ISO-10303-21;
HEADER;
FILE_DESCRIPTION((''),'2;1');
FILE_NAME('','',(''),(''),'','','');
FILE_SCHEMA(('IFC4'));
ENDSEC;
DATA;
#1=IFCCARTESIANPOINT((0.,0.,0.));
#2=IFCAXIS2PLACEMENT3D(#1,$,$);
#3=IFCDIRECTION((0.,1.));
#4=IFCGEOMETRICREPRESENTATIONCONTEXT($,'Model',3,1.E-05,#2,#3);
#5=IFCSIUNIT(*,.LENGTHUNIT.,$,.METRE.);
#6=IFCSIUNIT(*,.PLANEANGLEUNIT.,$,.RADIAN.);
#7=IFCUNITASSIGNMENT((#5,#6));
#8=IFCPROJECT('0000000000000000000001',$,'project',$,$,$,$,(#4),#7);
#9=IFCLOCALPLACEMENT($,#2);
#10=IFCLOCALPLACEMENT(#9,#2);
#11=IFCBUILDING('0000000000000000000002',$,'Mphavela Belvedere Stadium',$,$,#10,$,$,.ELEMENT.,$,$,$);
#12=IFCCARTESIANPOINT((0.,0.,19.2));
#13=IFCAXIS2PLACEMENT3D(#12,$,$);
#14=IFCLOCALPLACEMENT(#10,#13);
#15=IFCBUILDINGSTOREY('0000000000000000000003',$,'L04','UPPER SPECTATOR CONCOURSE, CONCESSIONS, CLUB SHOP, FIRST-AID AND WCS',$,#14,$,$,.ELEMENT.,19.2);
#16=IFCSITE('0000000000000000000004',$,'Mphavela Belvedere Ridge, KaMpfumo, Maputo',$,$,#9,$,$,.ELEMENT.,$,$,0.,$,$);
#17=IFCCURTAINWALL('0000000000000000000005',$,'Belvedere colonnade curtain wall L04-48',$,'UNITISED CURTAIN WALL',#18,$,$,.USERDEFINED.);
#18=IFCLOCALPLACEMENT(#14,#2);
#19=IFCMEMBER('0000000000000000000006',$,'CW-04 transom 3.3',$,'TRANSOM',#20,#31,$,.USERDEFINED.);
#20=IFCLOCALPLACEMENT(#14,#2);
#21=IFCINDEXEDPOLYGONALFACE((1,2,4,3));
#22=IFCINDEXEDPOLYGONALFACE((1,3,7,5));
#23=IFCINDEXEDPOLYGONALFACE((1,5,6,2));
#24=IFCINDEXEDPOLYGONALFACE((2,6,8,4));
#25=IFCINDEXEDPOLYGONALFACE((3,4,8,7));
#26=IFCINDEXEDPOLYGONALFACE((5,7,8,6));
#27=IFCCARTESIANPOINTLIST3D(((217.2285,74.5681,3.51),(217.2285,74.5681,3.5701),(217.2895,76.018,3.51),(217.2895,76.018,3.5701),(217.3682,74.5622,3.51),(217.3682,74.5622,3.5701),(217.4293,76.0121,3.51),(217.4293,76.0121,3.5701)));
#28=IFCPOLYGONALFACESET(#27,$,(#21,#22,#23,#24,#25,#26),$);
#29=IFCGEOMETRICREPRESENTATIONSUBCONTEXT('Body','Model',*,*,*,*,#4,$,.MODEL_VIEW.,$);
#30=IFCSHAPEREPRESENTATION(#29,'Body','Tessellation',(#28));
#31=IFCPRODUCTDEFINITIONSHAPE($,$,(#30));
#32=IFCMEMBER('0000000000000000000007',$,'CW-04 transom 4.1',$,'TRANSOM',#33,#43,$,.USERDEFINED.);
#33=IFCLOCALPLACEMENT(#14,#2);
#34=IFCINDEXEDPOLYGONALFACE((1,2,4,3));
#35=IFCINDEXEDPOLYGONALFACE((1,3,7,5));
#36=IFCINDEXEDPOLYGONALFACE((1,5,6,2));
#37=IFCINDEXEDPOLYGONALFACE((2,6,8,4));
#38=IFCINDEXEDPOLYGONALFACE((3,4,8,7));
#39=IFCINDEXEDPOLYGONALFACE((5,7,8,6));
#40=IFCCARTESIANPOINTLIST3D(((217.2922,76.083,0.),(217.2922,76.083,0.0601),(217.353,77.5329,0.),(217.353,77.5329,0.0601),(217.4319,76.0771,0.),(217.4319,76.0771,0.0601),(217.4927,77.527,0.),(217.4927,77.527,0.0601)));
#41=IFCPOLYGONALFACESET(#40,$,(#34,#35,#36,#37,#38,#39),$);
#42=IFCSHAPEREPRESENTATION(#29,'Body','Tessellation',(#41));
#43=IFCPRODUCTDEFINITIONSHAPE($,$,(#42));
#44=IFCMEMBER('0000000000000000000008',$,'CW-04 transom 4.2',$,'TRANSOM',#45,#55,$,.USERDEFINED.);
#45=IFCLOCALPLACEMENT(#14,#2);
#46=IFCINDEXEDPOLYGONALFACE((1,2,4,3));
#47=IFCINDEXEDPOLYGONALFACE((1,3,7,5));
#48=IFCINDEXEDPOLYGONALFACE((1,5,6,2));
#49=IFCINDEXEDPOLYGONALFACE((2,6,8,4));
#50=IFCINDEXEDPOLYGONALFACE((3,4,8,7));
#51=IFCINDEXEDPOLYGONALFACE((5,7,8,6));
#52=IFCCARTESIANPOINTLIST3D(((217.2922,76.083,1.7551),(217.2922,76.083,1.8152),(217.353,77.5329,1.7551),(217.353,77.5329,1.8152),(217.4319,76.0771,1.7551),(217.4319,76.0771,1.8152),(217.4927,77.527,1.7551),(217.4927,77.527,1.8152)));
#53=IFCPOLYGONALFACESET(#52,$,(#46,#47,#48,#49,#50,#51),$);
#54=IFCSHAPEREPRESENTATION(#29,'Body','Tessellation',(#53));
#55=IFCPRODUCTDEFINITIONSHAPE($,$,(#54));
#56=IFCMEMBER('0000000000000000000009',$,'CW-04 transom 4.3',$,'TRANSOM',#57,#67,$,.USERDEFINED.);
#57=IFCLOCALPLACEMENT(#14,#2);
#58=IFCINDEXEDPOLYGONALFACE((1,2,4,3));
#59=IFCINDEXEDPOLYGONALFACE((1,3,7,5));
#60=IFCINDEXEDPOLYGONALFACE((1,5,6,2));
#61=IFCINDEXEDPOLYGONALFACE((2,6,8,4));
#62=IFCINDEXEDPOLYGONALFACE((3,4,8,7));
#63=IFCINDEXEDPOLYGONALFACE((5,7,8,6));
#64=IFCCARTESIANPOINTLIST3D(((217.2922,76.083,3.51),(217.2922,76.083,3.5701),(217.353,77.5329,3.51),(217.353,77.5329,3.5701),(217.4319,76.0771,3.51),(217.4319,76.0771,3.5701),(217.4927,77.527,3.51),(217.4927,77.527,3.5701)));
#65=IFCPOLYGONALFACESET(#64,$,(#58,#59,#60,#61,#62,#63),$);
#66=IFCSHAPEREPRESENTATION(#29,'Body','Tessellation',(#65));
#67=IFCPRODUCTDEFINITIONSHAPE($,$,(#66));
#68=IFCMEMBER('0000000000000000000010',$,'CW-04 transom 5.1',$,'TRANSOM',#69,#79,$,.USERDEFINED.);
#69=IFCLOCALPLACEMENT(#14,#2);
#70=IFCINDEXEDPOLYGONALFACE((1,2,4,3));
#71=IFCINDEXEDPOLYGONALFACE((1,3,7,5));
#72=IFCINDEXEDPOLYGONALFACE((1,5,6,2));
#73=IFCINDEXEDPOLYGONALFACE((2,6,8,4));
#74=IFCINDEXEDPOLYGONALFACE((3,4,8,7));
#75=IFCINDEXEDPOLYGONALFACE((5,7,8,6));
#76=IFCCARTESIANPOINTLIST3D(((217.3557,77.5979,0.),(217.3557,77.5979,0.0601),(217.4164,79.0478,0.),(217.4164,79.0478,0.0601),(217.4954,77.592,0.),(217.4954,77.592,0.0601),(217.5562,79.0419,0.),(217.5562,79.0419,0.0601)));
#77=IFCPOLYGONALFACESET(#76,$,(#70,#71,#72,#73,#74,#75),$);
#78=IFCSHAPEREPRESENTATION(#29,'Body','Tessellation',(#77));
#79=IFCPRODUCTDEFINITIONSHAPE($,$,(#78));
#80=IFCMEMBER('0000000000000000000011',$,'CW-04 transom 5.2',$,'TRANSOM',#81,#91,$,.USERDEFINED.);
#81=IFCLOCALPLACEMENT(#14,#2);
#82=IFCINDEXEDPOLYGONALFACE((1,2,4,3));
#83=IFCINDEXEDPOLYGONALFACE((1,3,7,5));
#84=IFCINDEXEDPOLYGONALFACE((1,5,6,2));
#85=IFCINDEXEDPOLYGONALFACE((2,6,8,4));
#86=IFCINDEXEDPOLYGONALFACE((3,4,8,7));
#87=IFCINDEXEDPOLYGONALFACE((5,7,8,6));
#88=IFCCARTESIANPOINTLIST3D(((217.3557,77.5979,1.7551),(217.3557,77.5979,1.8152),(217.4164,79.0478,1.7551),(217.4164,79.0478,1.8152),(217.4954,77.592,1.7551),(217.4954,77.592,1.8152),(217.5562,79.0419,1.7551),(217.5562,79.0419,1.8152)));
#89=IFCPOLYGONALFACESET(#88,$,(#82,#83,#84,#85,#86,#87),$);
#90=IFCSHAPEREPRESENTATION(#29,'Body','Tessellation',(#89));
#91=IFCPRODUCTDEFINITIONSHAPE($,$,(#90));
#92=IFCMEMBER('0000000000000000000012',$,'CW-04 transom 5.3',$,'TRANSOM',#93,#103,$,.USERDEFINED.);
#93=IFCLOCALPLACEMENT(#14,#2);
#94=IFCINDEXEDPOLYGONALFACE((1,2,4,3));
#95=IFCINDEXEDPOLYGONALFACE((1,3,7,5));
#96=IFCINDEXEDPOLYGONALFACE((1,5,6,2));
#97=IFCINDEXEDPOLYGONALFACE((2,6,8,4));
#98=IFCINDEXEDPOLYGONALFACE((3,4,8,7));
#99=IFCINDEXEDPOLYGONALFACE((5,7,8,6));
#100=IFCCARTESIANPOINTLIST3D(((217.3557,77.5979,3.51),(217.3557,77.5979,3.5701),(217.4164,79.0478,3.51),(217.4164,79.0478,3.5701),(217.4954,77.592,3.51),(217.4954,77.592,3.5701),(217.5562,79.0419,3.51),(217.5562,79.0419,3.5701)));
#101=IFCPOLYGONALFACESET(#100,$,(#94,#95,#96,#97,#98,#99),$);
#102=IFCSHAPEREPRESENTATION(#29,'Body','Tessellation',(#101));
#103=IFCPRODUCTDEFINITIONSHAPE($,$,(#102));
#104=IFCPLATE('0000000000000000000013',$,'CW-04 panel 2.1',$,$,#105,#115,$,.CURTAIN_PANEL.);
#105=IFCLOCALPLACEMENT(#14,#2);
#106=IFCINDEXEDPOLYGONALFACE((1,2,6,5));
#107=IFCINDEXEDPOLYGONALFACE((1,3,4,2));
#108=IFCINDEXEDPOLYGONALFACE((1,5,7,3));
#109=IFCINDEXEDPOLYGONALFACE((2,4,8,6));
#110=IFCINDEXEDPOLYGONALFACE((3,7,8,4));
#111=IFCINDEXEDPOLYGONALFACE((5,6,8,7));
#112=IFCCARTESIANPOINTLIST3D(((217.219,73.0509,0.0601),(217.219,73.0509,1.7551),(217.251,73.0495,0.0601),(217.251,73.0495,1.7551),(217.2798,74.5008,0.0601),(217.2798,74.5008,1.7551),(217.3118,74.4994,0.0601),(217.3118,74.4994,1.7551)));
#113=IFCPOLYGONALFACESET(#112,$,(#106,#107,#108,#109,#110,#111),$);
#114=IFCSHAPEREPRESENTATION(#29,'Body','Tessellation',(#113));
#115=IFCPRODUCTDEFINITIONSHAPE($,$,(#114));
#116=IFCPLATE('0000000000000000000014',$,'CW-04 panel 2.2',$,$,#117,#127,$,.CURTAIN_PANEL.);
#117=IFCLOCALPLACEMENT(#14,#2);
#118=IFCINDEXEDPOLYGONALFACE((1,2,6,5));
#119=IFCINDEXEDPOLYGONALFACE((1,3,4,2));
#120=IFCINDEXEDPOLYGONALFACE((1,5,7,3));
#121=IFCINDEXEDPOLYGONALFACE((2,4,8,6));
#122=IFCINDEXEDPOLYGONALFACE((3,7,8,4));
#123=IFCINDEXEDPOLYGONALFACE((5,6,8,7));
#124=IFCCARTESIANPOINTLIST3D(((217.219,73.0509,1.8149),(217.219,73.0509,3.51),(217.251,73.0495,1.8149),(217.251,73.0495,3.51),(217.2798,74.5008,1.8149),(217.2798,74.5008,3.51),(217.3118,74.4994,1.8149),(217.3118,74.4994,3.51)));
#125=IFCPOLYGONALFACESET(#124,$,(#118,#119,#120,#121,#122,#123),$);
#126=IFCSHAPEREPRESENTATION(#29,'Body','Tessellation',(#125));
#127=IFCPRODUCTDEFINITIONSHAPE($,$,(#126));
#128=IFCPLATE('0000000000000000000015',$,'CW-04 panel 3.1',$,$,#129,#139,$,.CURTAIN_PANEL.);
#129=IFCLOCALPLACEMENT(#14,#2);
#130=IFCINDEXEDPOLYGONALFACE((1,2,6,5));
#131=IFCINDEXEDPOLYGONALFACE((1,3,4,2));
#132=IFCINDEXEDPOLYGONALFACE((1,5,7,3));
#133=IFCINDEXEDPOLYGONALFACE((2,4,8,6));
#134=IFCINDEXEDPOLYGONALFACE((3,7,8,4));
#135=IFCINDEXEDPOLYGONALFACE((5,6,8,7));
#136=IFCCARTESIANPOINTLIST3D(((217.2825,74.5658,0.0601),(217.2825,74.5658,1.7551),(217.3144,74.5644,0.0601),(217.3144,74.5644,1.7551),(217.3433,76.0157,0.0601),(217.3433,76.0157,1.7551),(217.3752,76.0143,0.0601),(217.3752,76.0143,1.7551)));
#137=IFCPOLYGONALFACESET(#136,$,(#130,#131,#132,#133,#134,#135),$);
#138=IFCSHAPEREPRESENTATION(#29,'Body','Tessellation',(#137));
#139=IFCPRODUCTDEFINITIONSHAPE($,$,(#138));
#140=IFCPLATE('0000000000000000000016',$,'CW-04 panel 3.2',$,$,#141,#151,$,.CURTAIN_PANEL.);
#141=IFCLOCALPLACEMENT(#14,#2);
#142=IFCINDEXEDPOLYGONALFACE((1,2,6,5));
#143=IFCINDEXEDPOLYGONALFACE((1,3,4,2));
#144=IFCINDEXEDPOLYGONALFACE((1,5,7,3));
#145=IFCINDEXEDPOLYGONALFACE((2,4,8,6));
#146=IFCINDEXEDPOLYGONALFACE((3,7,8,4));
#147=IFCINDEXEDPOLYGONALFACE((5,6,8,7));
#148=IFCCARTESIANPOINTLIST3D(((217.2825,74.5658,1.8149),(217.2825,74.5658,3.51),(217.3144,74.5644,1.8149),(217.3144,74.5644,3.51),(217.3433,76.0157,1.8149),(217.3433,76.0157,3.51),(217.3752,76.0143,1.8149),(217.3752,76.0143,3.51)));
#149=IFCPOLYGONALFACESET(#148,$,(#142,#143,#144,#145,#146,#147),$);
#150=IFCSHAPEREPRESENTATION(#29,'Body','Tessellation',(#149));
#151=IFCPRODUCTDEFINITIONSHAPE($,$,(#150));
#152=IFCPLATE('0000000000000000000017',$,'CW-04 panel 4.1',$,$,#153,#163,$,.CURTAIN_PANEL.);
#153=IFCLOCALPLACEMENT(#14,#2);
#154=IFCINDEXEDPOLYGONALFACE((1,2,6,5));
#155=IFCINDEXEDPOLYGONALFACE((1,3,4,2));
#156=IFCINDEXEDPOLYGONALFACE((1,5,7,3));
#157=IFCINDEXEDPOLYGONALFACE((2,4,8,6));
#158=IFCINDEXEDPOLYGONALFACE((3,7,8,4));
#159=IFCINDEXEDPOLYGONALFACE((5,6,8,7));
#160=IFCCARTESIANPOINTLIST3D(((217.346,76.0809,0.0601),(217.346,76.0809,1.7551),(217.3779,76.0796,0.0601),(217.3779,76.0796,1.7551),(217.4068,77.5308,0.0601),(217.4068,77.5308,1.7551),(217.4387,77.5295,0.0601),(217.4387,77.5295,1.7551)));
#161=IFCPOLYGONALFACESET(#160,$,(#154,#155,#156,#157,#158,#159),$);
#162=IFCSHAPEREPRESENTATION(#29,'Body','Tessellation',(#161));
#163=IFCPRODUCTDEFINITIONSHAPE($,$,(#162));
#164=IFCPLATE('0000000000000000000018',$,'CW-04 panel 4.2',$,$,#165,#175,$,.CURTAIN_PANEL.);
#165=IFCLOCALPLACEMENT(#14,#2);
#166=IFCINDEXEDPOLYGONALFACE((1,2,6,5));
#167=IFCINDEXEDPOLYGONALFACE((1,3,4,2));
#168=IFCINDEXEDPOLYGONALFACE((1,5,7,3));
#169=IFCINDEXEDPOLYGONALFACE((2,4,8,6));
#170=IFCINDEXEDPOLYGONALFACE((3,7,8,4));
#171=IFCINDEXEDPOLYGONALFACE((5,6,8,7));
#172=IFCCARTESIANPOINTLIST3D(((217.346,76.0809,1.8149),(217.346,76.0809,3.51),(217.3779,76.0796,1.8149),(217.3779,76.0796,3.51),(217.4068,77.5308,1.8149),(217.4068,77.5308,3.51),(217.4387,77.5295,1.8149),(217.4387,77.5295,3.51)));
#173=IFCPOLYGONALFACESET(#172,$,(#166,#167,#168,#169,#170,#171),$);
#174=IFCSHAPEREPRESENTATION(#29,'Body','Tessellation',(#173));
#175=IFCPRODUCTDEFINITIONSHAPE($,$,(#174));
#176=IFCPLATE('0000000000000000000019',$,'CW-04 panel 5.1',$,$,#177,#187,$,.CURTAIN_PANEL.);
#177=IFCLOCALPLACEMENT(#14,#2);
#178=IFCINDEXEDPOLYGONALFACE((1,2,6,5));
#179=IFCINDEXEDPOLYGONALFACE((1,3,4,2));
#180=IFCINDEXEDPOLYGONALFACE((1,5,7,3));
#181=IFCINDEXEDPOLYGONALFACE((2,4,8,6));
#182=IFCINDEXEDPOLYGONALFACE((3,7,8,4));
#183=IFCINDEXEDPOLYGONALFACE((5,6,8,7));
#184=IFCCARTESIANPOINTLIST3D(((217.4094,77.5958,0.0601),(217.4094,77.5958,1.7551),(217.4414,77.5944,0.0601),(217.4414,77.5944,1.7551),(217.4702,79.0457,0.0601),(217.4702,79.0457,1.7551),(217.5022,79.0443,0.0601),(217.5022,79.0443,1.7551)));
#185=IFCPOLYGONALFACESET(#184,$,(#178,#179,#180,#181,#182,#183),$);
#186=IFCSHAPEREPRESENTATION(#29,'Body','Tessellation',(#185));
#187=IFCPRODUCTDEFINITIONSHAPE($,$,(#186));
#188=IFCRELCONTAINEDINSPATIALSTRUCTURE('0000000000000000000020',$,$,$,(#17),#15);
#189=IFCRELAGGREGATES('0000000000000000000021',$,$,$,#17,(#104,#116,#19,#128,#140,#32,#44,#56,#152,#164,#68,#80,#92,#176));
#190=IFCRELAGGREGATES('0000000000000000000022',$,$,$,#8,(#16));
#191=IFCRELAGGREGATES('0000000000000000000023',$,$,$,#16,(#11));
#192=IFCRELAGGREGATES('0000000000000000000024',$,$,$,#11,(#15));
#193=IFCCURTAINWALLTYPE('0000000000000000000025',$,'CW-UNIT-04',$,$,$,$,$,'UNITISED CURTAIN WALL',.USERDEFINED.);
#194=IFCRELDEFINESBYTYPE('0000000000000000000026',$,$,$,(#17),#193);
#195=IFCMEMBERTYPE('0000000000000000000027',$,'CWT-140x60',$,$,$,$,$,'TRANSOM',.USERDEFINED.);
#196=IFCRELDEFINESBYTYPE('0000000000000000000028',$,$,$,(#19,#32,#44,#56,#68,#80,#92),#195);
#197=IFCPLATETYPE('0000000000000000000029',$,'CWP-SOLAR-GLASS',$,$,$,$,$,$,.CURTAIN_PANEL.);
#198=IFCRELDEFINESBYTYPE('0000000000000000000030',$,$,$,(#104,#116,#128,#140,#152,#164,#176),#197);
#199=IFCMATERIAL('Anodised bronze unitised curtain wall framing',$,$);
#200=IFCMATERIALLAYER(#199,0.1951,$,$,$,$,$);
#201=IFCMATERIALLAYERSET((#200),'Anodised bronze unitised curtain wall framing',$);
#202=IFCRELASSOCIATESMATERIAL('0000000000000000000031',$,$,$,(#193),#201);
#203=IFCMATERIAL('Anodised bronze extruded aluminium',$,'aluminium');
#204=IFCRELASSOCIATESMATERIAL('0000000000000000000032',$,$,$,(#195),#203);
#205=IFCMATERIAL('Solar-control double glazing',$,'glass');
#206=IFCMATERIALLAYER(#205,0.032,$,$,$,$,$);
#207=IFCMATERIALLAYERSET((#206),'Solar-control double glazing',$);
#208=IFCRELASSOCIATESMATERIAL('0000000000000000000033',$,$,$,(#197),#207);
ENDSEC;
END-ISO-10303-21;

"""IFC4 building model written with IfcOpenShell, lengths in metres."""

from ifc_helpers import new_model, si_unit, direction, frame, origin, origin_2d, place, context, subcontext, project, spatial, rectangle, extrude, material, layer, layer_set, material_profile, profile_set, type_object, element, aggregate, save


model = new_model("IFC4")

# Units and contexts
model_context = context("Model", 3, precision=1e-05, world=origin(), true_north=direction((0.0, 1.0)))
body_context = subcontext(model_context, "Body", "Model", "MODEL_VIEW")
ifc_project = project(units=[si_unit("LENGTHUNIT", "METRE"), si_unit("PLANEANGLEUNIT", "RADIAN")], contexts=[model_context])

# Site, building, storey
site_placement = place(None, origin())
site = spatial("IfcSite", under=ifc_project, at=site_placement, Name="Mphavela Belvedere Ridge, KaMpfumo, Maputo", CompositionType="ELEMENT", RefElevation=0.0)
building_placement = place(site_placement, origin())
building = spatial("IfcBuilding", under=site, at=building_placement, Name="Mphavela Belvedere Stadium", CompositionType="ELEMENT")
storey_placement = place(building_placement, frame((0.0, 0.0, 19.2)))
storey = spatial("IfcBuildingStorey", under=building, at=storey_placement, Name="L04", Description="UPPER SPECTATOR CONCOURSE, CONCESSIONS, CLUB SHOP, FIRST-AID AND WCS", CompositionType="ELEMENT", Elevation=19.2)

# Curtain wall, members, plates
ifc_material_1 = material(Name="Anodised bronze unitised curtain wall framing")
ifc_layer_1 = layer(ifc_material_1, 0.1951)
ifc_layer_set_1 = layer_set([ifc_layer_1], Name="Anodised bronze unitised curtain wall framing")
curtain_wall_type = type_object("IfcCurtainWallType", Name="CW-UNIT-04", ElementType="UNITISED CURTAIN WALL", PredefinedType="USERDEFINED", material=ifc_layer_set_1)
curtain_wall_placement = place(storey_placement, origin())
curtain_wall = element("IfcCurtainWall", 1, at=curtain_wall_placement, inside=storey, type_object=curtain_wall_type, Name="Belvedere colonnade curtain wall L04-48", ObjectType="UNITISED CURTAIN WALL", PredefinedType="USERDEFINED")
ifc_material_2 = material(Name="Anodised bronze extruded aluminium", Category="aluminium")
ifc_material_profile_1 = material_profile(ifc_material_2, rectangle(XDim=0.1399, YDim=0.0601, at=origin_2d()), Name="CW-TRN 140x60")
ifc_profile_set_1 = profile_set([ifc_material_profile_1], Name="Anodised bronze extruded aluminium")
member_type_1 = type_object("IfcMemberType", Name="CWT-140x60", ElementType="TRANSOM", PredefinedType="USERDEFINED", material=ifc_profile_set_1)
member_1_placement = place(storey_placement, frame((217.2983, 74.5652, 3.54), z_axis=(0.042057, 0.999115, 0.0), x_axis=(-0.999115, 0.042057, 0.0)))
member_1 = element("IfcMember", 2, at=member_1_placement, type_object=member_type_1, Name="CW-04 transom 3.3", ObjectType="TRANSOM", PredefinedType="USERDEFINED", context=body_context, shape_type="SweptSolid", body=[
    extrude(rectangle(XDim=0.1399, YDim=0.0601, at=origin_2d()), origin(), (0.0, 0.0, 1.0), 1.4512),
])
member_2_placement = place(storey_placement, frame((217.3621, 76.0801, 0.03), z_axis=(0.041889, 0.999122, 0.0), x_axis=(-0.999122, 0.041889, 0.0)))
member_2 = element("IfcMember", 3, at=member_2_placement, type_object=member_type_1, Name="CW-04 transom 4.1", ObjectType="TRANSOM", PredefinedType="USERDEFINED", context=body_context, shape_type="SweptSolid", body=[
    extrude(rectangle(XDim=0.1399, YDim=0.0601, at=origin_2d()), origin(), (0.0, 0.0, 1.0), 1.4512),
])
member_3_placement = place(storey_placement, frame((217.3621, 76.0801, 1.7852), z_axis=(0.041889, 0.999122, 0.0), x_axis=(-0.999122, 0.041889, 0.0)))
member_3 = element("IfcMember", 4, at=member_3_placement, type_object=member_type_1, Name="CW-04 transom 4.2", ObjectType="TRANSOM", PredefinedType="USERDEFINED", context=body_context, shape_type="SweptSolid", body=[
    extrude(rectangle(XDim=0.1399, YDim=0.0601, at=origin_2d()), origin(), (0.0, 0.0, 1.0), 1.4512),
])
member_4_placement = place(storey_placement, frame((217.3621, 76.0801, 3.54), z_axis=(0.041889, 0.999122, 0.0), x_axis=(-0.999122, 0.041889, 0.0)))
member_4 = element("IfcMember", 5, at=member_4_placement, type_object=member_type_1, Name="CW-04 transom 4.3", ObjectType="TRANSOM", PredefinedType="USERDEFINED", context=body_context, shape_type="SweptSolid", body=[
    extrude(rectangle(XDim=0.1399, YDim=0.0601, at=origin_2d()), origin(), (0.0, 0.0, 1.0), 1.4512),
])
member_5_placement = place(storey_placement, frame((217.4255, 77.595, 0.03), z_axis=(0.041889, 0.999122, 0.0), x_axis=(-0.999122, 0.041889, 0.0)))
member_5 = element("IfcMember", 6, at=member_5_placement, type_object=member_type_1, Name="CW-04 transom 5.1", ObjectType="TRANSOM", PredefinedType="USERDEFINED", context=body_context, shape_type="SweptSolid", body=[
    extrude(rectangle(XDim=0.1399, YDim=0.0601, at=origin_2d()), origin(), (0.0, 0.0, 1.0), 1.4512),
])
member_6_placement = place(storey_placement, frame((217.4255, 77.595, 1.7852), z_axis=(0.041889, 0.999122, 0.0), x_axis=(-0.999122, 0.041889, 0.0)))
member_6 = element("IfcMember", 7, at=member_6_placement, type_object=member_type_1, Name="CW-04 transom 5.2", ObjectType="TRANSOM", PredefinedType="USERDEFINED", context=body_context, shape_type="SweptSolid", body=[
    extrude(rectangle(XDim=0.1399, YDim=0.0601, at=origin_2d()), origin(), (0.0, 0.0, 1.0), 1.4512),
])
member_7_placement = place(storey_placement, frame((217.4255, 77.595, 3.54), z_axis=(0.041889, 0.999122, 0.0), x_axis=(-0.999122, 0.041889, 0.0)))
member_7 = element("IfcMember", 8, at=member_7_placement, type_object=member_type_1, Name="CW-04 transom 5.3", ObjectType="TRANSOM", PredefinedType="USERDEFINED", context=body_context, shape_type="SweptSolid", body=[
    extrude(rectangle(XDim=0.1399, YDim=0.0601, at=origin_2d()), origin(), (0.0, 0.0, 1.0), 1.4512),
])
ifc_material_3 = material(Name="Solar-control double glazing", Category="glass")
ifc_layer_2 = layer(ifc_material_3, 0.032)
ifc_layer_set_2 = layer_set([ifc_layer_2], Name="Solar-control double glazing")
plate_type = type_object("IfcPlateType", Name="CWP-SOLAR-GLASS", PredefinedType="CURTAIN_PANEL", material=ifc_layer_set_2)
plate_1_placement = place(storey_placement, frame((217.2654, 73.7751, 0.0601), z_axis=(0.0, 0.0, 1.0), x_axis=(0.041905, 0.999122, 0.0)))
plate_1 = element("IfcPlate", 9, at=plate_1_placement, type_object=plate_type, Name="CW-04 panel 2.1", PredefinedType="CURTAIN_PANEL", context=body_context, shape_type="SweptSolid", body=[
    extrude(rectangle(XDim=1.4512, YDim=0.032, at=origin_2d()), origin(), (0.0, 0.0, 1.0), 1.6951),
])
plate_2_placement = place(storey_placement, frame((217.2654, 73.7751, 1.8149), z_axis=(0.0, 0.0, 1.0), x_axis=(0.041905, 0.999122, 0.0)))
plate_2 = element("IfcPlate", 10, at=plate_2_placement, type_object=plate_type, Name="CW-04 panel 2.2", PredefinedType="CURTAIN_PANEL", context=body_context, shape_type="SweptSolid", body=[
    extrude(rectangle(XDim=1.4512, YDim=0.032, at=origin_2d()), origin(), (0.0, 0.0, 1.0), 1.6951),
])
plate_3_placement = place(storey_placement, frame((217.3289, 75.29, 0.0601), z_axis=(0.0, 0.0, 1.0), x_axis=(0.041905, 0.999122, 0.0)))
plate_3 = element("IfcPlate", 11, at=plate_3_placement, type_object=plate_type, Name="CW-04 panel 3.1", PredefinedType="CURTAIN_PANEL", context=body_context, shape_type="SweptSolid", body=[
    extrude(rectangle(XDim=1.4512, YDim=0.032, at=origin_2d()), origin(), (0.0, 0.0, 1.0), 1.6951),
])
plate_4_placement = place(storey_placement, frame((217.3289, 75.29, 1.8149), z_axis=(0.0, 0.0, 1.0), x_axis=(0.041905, 0.999122, 0.0)))
plate_4 = element("IfcPlate", 12, at=plate_4_placement, type_object=plate_type, Name="CW-04 panel 3.2", PredefinedType="CURTAIN_PANEL", context=body_context, shape_type="SweptSolid", body=[
    extrude(rectangle(XDim=1.4512, YDim=0.032, at=origin_2d()), origin(), (0.0, 0.0, 1.0), 1.6951),
])
plate_5_placement = place(storey_placement, frame((217.3923, 76.8052, 0.0601), z_axis=(0.0, 0.0, 1.0), x_axis=(0.041905, 0.999122, 0.0)))
plate_5 = element("IfcPlate", 13, at=plate_5_placement, type_object=plate_type, Name="CW-04 panel 4.1", PredefinedType="CURTAIN_PANEL", context=body_context, shape_type="SweptSolid", body=[
    extrude(rectangle(XDim=1.4512, YDim=0.032, at=origin_2d()), origin(), (0.0, 0.0, 1.0), 1.6951),
])
plate_6_placement = place(storey_placement, frame((217.3923, 76.8052, 1.8149), z_axis=(0.0, 0.0, 1.0), x_axis=(0.041905, 0.999122, 0.0)))
plate_6 = element("IfcPlate", 14, at=plate_6_placement, type_object=plate_type, Name="CW-04 panel 4.2", PredefinedType="CURTAIN_PANEL", context=body_context, shape_type="SweptSolid", body=[
    extrude(rectangle(XDim=1.4512, YDim=0.032, at=origin_2d()), origin(), (0.0, 0.0, 1.0), 1.6951),
])
plate_7_placement = place(storey_placement, frame((217.4558, 78.3201, 0.0601), z_axis=(0.0, 0.0, 1.0), x_axis=(0.041905, 0.999122, 0.0)))
plate_7 = element("IfcPlate", 15, at=plate_7_placement, type_object=plate_type, Name="CW-04 panel 5.1", PredefinedType="CURTAIN_PANEL", context=body_context, shape_type="SweptSolid", body=[
    extrude(rectangle(XDim=1.4512, YDim=0.032, at=origin_2d()), origin(), (0.0, 0.0, 1.0), 1.6951),
])
aggregate(curtain_wall, [plate_1, plate_2, member_1, plate_3, plate_4, member_2, member_3, member_4, plate_5, plate_6, member_5, member_6, member_7, plate_7])

save(model, "model.ifc")
